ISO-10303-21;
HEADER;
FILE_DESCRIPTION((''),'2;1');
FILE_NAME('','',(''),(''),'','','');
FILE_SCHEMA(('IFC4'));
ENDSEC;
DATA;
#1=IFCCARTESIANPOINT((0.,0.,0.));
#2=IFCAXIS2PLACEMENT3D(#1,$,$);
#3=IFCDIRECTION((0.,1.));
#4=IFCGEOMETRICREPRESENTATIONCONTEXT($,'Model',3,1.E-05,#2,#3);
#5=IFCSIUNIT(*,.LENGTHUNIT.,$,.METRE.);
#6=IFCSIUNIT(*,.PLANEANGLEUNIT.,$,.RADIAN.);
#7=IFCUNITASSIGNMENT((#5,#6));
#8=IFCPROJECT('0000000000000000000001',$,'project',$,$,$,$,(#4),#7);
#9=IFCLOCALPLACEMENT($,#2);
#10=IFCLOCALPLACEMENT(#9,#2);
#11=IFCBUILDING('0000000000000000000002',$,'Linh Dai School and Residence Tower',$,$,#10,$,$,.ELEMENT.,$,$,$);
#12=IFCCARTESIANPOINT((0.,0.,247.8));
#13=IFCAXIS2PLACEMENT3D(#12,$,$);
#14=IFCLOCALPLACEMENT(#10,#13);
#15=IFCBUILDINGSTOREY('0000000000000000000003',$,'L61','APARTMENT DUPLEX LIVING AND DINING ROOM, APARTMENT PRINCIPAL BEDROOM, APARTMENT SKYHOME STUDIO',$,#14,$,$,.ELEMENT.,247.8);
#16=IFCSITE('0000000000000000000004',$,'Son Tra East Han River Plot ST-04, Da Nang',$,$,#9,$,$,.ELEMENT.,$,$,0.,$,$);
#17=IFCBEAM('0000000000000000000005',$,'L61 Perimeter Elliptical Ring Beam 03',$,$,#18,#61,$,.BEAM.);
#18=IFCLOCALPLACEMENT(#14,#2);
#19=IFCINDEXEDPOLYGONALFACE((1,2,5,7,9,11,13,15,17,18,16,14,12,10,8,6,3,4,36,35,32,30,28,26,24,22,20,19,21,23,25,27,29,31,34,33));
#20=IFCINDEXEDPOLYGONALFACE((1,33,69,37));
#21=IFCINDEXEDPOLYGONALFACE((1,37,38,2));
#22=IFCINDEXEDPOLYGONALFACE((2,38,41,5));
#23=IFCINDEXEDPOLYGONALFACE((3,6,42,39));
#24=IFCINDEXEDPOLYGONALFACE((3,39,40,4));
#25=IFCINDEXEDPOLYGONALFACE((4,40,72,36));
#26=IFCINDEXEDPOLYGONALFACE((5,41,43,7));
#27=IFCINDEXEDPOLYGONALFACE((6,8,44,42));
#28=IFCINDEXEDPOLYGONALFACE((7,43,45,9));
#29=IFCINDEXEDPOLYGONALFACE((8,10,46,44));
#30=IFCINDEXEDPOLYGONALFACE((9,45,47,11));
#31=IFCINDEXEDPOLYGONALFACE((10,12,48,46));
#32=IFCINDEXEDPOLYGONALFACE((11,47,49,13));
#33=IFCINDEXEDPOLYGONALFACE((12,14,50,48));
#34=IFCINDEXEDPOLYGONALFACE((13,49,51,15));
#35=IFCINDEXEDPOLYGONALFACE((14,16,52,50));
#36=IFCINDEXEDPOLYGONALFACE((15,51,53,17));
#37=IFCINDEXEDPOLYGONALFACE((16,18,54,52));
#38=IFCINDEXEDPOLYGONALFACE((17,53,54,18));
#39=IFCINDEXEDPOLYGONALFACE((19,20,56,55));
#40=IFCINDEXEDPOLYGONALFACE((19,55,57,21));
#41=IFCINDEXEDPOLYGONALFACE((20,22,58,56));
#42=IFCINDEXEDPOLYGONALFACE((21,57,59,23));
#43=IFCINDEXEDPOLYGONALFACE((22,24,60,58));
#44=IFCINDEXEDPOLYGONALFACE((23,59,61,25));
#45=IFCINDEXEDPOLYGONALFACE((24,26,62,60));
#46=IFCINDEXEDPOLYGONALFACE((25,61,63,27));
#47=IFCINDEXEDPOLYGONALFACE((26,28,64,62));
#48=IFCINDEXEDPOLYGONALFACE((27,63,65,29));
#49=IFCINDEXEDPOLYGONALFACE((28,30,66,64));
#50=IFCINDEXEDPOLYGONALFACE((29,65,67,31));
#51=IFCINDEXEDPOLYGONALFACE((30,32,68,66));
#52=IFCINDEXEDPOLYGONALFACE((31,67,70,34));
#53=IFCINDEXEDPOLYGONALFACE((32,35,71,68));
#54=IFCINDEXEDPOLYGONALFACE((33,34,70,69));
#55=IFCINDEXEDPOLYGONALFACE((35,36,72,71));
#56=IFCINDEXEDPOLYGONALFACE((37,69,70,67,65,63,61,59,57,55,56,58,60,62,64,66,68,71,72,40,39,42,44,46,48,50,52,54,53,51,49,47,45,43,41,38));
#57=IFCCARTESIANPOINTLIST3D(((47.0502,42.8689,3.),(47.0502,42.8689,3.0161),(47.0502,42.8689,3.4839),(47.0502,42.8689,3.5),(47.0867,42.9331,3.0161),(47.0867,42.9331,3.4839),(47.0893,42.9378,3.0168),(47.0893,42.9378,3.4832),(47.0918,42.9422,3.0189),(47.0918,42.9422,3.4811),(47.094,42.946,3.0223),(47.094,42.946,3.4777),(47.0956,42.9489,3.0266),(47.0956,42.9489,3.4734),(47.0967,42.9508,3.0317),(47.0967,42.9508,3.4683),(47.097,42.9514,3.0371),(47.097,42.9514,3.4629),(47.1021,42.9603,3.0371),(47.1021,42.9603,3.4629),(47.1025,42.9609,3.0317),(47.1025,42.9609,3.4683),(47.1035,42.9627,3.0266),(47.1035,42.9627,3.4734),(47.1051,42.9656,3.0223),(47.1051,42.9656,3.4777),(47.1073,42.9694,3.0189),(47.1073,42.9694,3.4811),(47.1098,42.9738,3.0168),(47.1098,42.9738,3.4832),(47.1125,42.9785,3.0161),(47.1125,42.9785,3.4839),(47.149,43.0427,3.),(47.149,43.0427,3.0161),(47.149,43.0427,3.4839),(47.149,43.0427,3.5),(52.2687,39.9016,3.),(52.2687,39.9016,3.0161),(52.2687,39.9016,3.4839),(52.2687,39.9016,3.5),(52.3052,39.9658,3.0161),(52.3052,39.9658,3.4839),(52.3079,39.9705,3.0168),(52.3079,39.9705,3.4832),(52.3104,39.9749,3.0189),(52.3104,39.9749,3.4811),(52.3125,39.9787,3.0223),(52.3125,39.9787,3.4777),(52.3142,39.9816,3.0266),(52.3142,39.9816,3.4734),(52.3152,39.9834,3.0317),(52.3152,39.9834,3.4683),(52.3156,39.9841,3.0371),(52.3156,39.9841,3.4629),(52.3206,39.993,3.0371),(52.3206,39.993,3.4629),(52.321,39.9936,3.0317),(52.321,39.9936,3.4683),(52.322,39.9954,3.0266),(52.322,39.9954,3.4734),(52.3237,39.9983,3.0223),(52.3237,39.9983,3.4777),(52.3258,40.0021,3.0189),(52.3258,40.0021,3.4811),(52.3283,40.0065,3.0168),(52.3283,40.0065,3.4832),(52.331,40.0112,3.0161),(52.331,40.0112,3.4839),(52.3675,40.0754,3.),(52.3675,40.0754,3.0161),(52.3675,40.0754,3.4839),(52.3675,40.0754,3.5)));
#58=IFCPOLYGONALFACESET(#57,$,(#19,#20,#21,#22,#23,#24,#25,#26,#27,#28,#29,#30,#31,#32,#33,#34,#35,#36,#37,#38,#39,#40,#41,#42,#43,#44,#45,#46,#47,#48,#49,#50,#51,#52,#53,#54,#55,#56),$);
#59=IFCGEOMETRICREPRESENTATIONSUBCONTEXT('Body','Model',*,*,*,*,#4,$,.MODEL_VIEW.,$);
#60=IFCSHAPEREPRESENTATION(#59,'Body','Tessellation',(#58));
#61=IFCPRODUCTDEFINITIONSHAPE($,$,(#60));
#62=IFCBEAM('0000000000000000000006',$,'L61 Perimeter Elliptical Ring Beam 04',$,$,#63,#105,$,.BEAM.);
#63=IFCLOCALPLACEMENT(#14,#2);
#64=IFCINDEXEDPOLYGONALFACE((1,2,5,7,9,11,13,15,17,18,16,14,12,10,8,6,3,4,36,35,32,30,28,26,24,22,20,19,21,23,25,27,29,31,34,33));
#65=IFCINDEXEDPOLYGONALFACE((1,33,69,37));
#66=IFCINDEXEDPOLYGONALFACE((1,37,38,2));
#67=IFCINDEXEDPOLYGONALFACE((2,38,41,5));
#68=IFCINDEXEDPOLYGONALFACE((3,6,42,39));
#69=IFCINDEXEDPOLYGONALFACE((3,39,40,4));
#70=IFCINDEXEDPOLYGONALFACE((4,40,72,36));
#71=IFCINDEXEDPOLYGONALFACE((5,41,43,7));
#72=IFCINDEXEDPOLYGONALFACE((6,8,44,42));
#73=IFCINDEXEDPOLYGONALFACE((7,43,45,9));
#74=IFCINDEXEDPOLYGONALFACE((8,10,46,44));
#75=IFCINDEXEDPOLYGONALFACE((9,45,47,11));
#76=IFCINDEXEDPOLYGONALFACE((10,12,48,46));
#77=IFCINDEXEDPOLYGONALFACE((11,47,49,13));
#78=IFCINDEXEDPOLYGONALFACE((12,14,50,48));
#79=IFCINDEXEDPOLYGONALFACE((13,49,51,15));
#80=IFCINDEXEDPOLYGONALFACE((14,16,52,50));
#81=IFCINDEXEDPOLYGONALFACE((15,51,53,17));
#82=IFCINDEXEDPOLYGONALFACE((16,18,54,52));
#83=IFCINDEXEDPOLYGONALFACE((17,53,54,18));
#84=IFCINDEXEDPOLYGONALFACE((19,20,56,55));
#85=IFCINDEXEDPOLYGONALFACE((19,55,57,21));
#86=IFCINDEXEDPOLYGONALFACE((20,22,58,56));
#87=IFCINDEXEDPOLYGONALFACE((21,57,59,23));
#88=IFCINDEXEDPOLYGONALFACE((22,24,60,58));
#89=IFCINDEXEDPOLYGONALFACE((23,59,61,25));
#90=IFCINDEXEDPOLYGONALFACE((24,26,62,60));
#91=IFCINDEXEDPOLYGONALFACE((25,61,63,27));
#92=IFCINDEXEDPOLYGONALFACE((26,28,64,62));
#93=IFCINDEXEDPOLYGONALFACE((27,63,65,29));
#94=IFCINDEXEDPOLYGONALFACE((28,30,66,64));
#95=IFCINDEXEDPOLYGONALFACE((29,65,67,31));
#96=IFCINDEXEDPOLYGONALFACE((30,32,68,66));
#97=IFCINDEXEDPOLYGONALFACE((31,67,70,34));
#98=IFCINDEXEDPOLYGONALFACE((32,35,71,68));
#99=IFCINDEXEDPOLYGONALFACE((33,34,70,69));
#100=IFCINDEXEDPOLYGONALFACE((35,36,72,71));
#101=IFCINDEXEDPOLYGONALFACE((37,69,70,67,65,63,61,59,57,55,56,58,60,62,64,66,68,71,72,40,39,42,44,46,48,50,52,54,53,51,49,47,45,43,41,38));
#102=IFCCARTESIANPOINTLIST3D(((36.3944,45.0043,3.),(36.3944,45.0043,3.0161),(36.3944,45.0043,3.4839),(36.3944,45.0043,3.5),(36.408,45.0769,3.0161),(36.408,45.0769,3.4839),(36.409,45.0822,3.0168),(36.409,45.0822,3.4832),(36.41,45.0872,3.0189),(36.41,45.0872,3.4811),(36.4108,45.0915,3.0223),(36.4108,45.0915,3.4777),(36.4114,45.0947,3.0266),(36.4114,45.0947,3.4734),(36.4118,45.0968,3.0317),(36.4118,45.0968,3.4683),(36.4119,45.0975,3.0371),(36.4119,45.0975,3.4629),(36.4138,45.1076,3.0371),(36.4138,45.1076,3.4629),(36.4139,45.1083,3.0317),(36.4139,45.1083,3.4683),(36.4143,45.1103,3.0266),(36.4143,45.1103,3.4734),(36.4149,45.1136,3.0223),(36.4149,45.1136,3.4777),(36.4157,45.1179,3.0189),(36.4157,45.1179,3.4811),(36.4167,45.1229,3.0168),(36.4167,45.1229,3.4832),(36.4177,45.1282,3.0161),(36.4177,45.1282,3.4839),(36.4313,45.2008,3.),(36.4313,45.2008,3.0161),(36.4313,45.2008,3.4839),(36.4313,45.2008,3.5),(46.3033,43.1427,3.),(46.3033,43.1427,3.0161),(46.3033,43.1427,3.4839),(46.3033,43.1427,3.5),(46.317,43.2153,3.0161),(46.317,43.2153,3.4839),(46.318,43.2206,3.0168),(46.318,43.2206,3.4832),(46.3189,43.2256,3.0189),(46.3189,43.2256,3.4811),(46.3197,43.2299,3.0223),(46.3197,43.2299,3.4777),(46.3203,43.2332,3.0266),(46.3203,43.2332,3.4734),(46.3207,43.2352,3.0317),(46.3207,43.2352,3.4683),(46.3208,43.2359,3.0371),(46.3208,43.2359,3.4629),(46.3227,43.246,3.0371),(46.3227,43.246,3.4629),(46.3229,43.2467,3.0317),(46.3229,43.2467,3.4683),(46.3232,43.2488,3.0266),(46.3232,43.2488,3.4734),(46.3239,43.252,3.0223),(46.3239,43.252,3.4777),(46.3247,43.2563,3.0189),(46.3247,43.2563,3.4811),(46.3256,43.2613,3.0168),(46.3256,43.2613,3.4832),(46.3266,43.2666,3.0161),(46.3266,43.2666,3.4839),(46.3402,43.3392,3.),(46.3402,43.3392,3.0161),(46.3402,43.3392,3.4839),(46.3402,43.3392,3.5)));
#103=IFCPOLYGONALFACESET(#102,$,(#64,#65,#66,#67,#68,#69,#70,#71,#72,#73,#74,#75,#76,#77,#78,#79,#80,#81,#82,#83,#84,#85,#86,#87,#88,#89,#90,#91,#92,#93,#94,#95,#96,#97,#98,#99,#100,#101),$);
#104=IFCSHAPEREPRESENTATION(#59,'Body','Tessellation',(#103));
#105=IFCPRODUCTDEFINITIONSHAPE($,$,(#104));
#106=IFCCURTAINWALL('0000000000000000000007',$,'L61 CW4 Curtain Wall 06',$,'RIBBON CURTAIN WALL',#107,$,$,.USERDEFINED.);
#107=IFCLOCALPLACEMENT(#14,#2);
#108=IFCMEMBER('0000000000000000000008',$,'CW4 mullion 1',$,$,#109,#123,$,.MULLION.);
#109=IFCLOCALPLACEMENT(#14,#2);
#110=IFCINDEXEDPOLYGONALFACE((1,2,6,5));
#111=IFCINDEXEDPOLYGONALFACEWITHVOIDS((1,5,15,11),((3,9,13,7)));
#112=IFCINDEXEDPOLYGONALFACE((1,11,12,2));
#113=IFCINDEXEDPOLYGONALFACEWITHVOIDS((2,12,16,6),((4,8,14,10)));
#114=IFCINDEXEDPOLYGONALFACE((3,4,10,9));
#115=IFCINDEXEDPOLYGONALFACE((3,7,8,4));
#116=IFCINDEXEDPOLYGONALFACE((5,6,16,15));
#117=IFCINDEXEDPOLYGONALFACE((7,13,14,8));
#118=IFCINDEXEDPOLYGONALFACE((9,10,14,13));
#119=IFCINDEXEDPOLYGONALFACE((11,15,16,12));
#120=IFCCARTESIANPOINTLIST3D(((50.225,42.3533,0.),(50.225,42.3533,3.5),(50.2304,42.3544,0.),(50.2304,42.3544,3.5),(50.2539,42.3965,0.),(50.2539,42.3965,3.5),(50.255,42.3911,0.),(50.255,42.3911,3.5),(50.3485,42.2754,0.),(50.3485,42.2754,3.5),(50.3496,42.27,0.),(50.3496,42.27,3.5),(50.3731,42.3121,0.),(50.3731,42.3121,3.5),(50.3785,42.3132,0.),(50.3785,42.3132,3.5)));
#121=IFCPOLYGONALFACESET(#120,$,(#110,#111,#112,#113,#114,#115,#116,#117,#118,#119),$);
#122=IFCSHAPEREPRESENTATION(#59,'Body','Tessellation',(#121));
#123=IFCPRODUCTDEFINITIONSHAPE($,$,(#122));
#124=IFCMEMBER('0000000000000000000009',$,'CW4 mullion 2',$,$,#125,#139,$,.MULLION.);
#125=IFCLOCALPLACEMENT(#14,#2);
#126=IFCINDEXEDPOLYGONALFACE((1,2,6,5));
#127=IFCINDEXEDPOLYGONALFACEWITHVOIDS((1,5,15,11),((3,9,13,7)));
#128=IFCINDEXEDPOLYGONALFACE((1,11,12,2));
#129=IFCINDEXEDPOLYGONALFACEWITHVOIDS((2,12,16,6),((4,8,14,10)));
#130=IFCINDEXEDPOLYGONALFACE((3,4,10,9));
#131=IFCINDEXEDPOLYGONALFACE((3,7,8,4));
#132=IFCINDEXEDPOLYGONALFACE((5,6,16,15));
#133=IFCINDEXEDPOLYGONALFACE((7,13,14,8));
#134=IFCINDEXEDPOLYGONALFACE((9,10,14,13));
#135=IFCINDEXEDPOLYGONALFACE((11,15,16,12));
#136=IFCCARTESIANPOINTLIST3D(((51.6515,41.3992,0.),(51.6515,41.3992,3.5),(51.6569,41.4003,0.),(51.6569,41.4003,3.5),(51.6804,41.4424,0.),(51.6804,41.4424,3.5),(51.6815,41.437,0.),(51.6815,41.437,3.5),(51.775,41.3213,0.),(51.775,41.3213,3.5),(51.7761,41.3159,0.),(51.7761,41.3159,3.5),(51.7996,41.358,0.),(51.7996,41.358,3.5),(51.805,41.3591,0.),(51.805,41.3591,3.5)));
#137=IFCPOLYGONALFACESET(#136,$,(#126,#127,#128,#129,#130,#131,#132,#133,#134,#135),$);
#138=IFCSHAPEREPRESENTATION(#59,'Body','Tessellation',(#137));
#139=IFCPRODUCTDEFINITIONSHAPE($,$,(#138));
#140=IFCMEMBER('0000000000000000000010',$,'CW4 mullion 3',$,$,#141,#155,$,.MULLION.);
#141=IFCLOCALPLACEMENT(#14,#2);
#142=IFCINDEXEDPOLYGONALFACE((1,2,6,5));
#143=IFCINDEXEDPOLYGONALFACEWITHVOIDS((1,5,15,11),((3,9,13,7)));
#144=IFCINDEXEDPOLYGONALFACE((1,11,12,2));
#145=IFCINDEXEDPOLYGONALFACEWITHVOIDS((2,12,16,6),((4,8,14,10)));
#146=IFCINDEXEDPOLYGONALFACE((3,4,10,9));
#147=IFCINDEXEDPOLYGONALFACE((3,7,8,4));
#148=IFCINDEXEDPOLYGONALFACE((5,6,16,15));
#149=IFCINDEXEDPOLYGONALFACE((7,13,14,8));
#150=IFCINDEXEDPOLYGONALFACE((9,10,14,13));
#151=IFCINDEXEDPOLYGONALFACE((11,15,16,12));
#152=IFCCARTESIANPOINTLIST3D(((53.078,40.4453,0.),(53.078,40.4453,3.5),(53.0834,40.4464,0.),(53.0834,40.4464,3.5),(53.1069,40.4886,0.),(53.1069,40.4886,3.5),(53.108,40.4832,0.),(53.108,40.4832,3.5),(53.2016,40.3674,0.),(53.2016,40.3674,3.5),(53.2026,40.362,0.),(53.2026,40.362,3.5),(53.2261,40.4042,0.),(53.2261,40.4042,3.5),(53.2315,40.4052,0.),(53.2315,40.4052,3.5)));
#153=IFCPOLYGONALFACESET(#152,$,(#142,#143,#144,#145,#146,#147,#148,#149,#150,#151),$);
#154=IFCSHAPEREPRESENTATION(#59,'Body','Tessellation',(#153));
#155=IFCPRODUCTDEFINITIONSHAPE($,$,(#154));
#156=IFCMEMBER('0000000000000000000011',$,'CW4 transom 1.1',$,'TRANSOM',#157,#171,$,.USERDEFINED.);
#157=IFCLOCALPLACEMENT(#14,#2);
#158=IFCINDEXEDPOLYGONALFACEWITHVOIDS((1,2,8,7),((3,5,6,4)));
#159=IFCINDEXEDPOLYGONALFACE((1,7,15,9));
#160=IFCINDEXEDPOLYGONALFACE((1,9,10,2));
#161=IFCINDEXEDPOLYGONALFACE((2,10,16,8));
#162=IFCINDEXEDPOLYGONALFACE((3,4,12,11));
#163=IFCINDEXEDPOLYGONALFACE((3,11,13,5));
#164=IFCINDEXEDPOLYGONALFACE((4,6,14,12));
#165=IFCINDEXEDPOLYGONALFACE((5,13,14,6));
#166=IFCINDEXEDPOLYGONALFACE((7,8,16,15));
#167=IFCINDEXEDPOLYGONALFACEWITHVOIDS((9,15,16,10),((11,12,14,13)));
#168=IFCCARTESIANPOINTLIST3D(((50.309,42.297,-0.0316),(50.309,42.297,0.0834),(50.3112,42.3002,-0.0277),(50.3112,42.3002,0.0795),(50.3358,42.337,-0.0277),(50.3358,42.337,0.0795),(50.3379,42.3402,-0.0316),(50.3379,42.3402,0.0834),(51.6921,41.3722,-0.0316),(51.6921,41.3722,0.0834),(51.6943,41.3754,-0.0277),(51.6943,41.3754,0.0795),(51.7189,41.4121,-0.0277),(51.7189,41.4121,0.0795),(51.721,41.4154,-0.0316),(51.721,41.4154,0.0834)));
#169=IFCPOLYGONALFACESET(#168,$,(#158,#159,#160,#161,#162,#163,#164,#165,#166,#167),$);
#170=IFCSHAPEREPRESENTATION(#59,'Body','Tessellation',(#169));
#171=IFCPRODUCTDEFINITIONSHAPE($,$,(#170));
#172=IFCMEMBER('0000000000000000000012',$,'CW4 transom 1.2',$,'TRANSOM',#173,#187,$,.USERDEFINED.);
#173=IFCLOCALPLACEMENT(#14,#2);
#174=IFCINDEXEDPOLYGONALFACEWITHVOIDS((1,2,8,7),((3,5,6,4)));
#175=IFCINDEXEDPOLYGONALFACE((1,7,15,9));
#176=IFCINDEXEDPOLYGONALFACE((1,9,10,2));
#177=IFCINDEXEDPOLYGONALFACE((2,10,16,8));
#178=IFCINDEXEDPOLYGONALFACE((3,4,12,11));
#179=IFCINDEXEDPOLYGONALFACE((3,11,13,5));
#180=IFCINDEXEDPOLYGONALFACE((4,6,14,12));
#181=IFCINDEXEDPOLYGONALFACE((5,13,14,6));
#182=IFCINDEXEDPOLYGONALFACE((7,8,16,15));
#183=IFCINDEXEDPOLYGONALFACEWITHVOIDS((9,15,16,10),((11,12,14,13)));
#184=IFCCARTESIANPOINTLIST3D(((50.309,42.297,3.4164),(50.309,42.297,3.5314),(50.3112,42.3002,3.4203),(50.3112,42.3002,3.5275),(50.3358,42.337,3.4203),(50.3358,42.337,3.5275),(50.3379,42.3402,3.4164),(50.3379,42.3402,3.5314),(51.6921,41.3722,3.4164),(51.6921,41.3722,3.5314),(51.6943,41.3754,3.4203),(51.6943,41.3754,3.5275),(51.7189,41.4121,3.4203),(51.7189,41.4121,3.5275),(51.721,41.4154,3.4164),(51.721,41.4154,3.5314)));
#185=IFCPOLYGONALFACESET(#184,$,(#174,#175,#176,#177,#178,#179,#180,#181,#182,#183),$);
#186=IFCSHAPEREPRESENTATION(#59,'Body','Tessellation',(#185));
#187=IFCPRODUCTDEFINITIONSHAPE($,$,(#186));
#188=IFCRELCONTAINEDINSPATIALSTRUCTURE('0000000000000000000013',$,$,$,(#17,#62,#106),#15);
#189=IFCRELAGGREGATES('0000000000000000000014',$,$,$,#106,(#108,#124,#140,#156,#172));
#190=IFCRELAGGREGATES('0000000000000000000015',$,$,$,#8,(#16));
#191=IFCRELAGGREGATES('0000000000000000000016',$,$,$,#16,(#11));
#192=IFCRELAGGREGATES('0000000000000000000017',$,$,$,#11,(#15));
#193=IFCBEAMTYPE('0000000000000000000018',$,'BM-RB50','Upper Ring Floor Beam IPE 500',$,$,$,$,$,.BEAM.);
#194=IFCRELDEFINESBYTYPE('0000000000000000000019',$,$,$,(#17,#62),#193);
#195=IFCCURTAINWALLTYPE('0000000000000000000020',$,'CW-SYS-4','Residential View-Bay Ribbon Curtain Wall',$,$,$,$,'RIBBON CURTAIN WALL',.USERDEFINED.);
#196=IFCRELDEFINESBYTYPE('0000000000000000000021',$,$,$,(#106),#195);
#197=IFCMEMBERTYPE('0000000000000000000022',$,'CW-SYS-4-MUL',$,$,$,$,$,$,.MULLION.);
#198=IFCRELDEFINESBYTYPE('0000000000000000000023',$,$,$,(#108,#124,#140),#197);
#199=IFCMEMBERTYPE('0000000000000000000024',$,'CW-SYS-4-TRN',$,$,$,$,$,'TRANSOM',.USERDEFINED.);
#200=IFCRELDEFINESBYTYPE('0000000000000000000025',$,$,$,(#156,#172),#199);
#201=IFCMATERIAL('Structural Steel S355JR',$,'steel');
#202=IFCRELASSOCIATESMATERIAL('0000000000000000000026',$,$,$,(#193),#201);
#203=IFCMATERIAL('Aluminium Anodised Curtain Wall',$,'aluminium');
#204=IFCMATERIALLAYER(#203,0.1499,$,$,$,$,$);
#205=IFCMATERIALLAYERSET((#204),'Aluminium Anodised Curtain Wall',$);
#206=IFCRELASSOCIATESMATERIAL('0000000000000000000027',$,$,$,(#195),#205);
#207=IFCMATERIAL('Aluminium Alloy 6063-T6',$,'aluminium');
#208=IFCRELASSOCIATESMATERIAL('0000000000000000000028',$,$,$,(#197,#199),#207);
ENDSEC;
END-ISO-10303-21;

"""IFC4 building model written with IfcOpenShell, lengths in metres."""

from ifc_helpers import new_model, si_unit, direction, frame, origin, origin_2d, place, context, subcontext, project, spatial, hollow_rectangle, i_section, extrude, source, transform, mapped, material, layer, layer_set, material_profile, profile_set, type_object, element, aggregate, save


model = new_model("IFC4")

# Units and contexts
model_context = context("Model", 3, precision=1e-05, world=origin(), true_north=direction((0.0, 1.0)))
body_context = subcontext(model_context, "Body", "Model", "MODEL_VIEW")
ifc_project = project(units=[si_unit("LENGTHUNIT", "METRE"), si_unit("PLANEANGLEUNIT", "RADIAN")], contexts=[model_context])

# Site, building, storey
site_placement = place(None, origin())
site = spatial("IfcSite", under=ifc_project, at=site_placement, Name="Son Tra East Han River Plot ST-04, Da Nang", CompositionType="ELEMENT", RefElevation=0.0)
building_placement = place(site_placement, origin())
building = spatial("IfcBuilding", under=site, at=building_placement, Name="Linh Dai School and Residence Tower", CompositionType="ELEMENT")
storey_placement = place(building_placement, frame((0.0, 0.0, 247.8)))
storey = spatial("IfcBuildingStorey", under=building, at=storey_placement, Name="L61", Description="APARTMENT DUPLEX LIVING AND DINING ROOM, APARTMENT PRINCIPAL BEDROOM, APARTMENT SKYHOME STUDIO", CompositionType="ELEMENT", Elevation=247.8)

# Shared definitions
ifc_material_1 = material(Name="Structural Steel S355JR", Category="steel")

# Beams
ifc_material_profile_1 = material_profile(ifc_material_1, i_section(OverallWidth=0.2, OverallDepth=0.5, WebThickness=0.0103, FlangeThickness=0.0161, FilletRadius=0.021, at=origin_2d()), Name="IPE 500")
ifc_profile_set_1 = profile_set([ifc_material_profile_1], Name="Structural Steel S355JR")
beam_type = type_object("IfcBeamType", Name="BM-RB50", Description="Upper Ring Floor Beam IPE 500", PredefinedType="BEAM", material=ifc_profile_set_1)
beam_1_placement = place(storey_placement, frame((52.3181, 39.9885, 3.25), z_axis=(-0.869297, 0.49429, 0.0), x_axis=(-0.49429, -0.869297, 0.0)))
element("IfcBeam", 1, at=beam_1_placement, inside=storey, type_object=beam_type, Name="L61 Perimeter Elliptical Ring Beam 03", PredefinedType="BEAM", context=body_context, shape_type="SweptSolid", body=[
    extrude(i_section(OverallWidth=0.2, OverallDepth=0.5, WebThickness=0.0103, FlangeThickness=0.0161, FilletRadius=0.021, at=origin_2d()), origin(), (0.0, 0.0, 1.0), 6.0032),
])
beam_2_placement = place(storey_placement, frame((46.3218, 43.241, 3.25), z_axis=(-0.982807, 0.184638, 0.0), x_axis=(-0.184638, -0.982807, 0.0)))
element("IfcBeam", 2, at=beam_2_placement, inside=storey, type_object=beam_type, Name="L61 Perimeter Elliptical Ring Beam 04", PredefinedType="BEAM", context=body_context, shape_type="SweptSolid", body=[
    extrude(i_section(OverallWidth=0.2, OverallDepth=0.5, WebThickness=0.0103, FlangeThickness=0.0161, FilletRadius=0.021, at=origin_2d()), origin(), (0.0, 0.0, 1.0), 10.0823),
])

# Curtain wall, members
ifc_material_2 = material(Name="Aluminium Anodised Curtain Wall", Category="aluminium")
ifc_layer_1 = layer(ifc_material_2, 0.1499)
ifc_layer_set_1 = layer_set([ifc_layer_1], Name="Aluminium Anodised Curtain Wall")
curtain_wall_type = type_object("IfcCurtainWallType", Name="CW-SYS-4", Description="Residential View-Bay Ribbon Curtain Wall", ElementType="RIBBON CURTAIN WALL", PredefinedType="USERDEFINED", material=ifc_layer_set_1)
curtain_wall_placement = place(storey_placement, origin())
curtain_wall = element("IfcCurtainWall", 3, at=curtain_wall_placement, inside=storey, type_object=curtain_wall_type, Name="L61 CW4 Curtain Wall 06", ObjectType="RIBBON CURTAIN WALL", PredefinedType="USERDEFINED")
ifc_material_3 = material(Name="Aluminium Alloy 6063-T6", Category="aluminium")
ifc_material_profile_2 = material_profile(ifc_material_3, hollow_rectangle(XDim=0.052, YDim=0.1499, WallThickness=0.0039, at=origin_2d()), Name="RHS 150x52x4")
ifc_profile_set_2 = profile_set([ifc_material_profile_2], Name="Aluminium Alloy 6063-T6")
member_type_1 = type_object("IfcMemberType", Name="CW-SYS-4-MUL", PredefinedType="MULLION", material=ifc_profile_set_2)
shared_shape_1 = source(origin(), body_context, "Body", "SweptSolid", [
    extrude(hollow_rectangle(XDim=0.052, YDim=0.1499, WallThickness=0.0039, at=origin_2d()), origin(), (0.0, 0.0, 1.0), 3.5),
])
member_1_placement = place(storey_placement, frame((50.3018, 42.3333, 0.0), z_axis=(0.0, 0.0, 1.0), x_axis=(0.555887, 0.831258, 0.0)))
member_1 = element("IfcMember", 4, at=member_1_placement, type_object=member_type_1, Name="CW4 mullion 1", PredefinedType="MULLION", context=body_context, shape_type="MappedRepresentation", body=[
    mapped(shared_shape_1, transform((0.0, 0.0, 0.0), x_axis=(1.0, 0.0, 0.0), y_axis=(0.0, 1.0, 0.0), z_axis=(0.0, 0.0, 1.0), scale=1.0)),
])
member_2_placement = place(storey_placement, frame((51.7283, 41.3792, 0.0), z_axis=(0.0, 0.0, 1.0), x_axis=(0.555887, 0.831258, 0.0)))
member_2 = element("IfcMember", 5, at=member_2_placement, type_object=member_type_1, Name="CW4 mullion 2", PredefinedType="MULLION", context=body_context, shape_type="MappedRepresentation", body=[
    mapped(shared_shape_1, transform((0.0, 0.0, 0.0), x_axis=(1.0, 0.0, 0.0), y_axis=(0.0, 1.0, 0.0), z_axis=(0.0, 0.0, 1.0), scale=1.0)),
])
member_3_placement = place(storey_placement, frame((53.1548, 40.4253, 0.0), z_axis=(0.0, 0.0, 1.0), x_axis=(0.555887, 0.831258, 0.0)))
member_3 = element("IfcMember", 6, at=member_3_placement, type_object=member_type_1, Name="CW4 mullion 3", PredefinedType="MULLION", context=body_context, shape_type="MappedRepresentation", body=[
    mapped(shared_shape_1, transform((0.0, 0.0, 0.0), x_axis=(1.0, 0.0, 0.0), y_axis=(0.0, 1.0, 0.0), z_axis=(0.0, 0.0, 1.0), scale=1.0)),
])
ifc_material_profile_3 = material_profile(ifc_material_3, hollow_rectangle(XDim=0.052, YDim=0.115, WallThickness=0.0039, at=origin_2d()), Name="RHS 115x52x4")
ifc_profile_set_3 = profile_set([ifc_material_profile_3], Name="Aluminium Alloy 6063-T6")
member_type_2 = type_object("IfcMemberType", Name="CW-SYS-4-TRN", ElementType="TRANSOM", PredefinedType="USERDEFINED", material=ifc_profile_set_3)
shared_shape_2 = source(origin(), body_context, "Body", "SweptSolid", [
    extrude(hollow_rectangle(XDim=0.052, YDim=0.115, WallThickness=0.0039, at=origin_2d()), origin(), (0.0, 0.0, 1.0), 1.6638),
])
member_4_placement = place(storey_placement, frame((50.3235, 42.3186, 0.0259), z_axis=(0.831282, -0.555851, 0.0), x_axis=(0.555851, 0.831282, 0.0)))
member_4 = element("IfcMember", 7, at=member_4_placement, type_object=member_type_2, Name="CW4 transom 1.1", ObjectType="TRANSOM", PredefinedType="USERDEFINED", context=body_context, shape_type="MappedRepresentation", body=[
    mapped(shared_shape_2, transform((0.0, 0.0, 0.0), x_axis=(1.0, 0.0, 0.0), y_axis=(0.0, 1.0, 0.0), z_axis=(0.0, 0.0, 1.0), scale=1.0)),
])
member_5_placement = place(storey_placement, frame((50.3235, 42.3186, 3.4739), z_axis=(0.831282, -0.555851, 0.0), x_axis=(0.555851, 0.831282, 0.0)))
member_5 = element("IfcMember", 8, at=member_5_placement, type_object=member_type_2, Name="CW4 transom 1.2", ObjectType="TRANSOM", PredefinedType="USERDEFINED", context=body_context, shape_type="MappedRepresentation", body=[
    mapped(shared_shape_2, transform((0.0, 0.0, 0.0), x_axis=(1.0, 0.0, 0.0), y_axis=(0.0, 1.0, 0.0), z_axis=(0.0, 0.0, 1.0), scale=1.0)),
])

aggregate(curtain_wall, [member_1, member_2, member_3, member_4, member_5])

save(model, "model.ifc")
